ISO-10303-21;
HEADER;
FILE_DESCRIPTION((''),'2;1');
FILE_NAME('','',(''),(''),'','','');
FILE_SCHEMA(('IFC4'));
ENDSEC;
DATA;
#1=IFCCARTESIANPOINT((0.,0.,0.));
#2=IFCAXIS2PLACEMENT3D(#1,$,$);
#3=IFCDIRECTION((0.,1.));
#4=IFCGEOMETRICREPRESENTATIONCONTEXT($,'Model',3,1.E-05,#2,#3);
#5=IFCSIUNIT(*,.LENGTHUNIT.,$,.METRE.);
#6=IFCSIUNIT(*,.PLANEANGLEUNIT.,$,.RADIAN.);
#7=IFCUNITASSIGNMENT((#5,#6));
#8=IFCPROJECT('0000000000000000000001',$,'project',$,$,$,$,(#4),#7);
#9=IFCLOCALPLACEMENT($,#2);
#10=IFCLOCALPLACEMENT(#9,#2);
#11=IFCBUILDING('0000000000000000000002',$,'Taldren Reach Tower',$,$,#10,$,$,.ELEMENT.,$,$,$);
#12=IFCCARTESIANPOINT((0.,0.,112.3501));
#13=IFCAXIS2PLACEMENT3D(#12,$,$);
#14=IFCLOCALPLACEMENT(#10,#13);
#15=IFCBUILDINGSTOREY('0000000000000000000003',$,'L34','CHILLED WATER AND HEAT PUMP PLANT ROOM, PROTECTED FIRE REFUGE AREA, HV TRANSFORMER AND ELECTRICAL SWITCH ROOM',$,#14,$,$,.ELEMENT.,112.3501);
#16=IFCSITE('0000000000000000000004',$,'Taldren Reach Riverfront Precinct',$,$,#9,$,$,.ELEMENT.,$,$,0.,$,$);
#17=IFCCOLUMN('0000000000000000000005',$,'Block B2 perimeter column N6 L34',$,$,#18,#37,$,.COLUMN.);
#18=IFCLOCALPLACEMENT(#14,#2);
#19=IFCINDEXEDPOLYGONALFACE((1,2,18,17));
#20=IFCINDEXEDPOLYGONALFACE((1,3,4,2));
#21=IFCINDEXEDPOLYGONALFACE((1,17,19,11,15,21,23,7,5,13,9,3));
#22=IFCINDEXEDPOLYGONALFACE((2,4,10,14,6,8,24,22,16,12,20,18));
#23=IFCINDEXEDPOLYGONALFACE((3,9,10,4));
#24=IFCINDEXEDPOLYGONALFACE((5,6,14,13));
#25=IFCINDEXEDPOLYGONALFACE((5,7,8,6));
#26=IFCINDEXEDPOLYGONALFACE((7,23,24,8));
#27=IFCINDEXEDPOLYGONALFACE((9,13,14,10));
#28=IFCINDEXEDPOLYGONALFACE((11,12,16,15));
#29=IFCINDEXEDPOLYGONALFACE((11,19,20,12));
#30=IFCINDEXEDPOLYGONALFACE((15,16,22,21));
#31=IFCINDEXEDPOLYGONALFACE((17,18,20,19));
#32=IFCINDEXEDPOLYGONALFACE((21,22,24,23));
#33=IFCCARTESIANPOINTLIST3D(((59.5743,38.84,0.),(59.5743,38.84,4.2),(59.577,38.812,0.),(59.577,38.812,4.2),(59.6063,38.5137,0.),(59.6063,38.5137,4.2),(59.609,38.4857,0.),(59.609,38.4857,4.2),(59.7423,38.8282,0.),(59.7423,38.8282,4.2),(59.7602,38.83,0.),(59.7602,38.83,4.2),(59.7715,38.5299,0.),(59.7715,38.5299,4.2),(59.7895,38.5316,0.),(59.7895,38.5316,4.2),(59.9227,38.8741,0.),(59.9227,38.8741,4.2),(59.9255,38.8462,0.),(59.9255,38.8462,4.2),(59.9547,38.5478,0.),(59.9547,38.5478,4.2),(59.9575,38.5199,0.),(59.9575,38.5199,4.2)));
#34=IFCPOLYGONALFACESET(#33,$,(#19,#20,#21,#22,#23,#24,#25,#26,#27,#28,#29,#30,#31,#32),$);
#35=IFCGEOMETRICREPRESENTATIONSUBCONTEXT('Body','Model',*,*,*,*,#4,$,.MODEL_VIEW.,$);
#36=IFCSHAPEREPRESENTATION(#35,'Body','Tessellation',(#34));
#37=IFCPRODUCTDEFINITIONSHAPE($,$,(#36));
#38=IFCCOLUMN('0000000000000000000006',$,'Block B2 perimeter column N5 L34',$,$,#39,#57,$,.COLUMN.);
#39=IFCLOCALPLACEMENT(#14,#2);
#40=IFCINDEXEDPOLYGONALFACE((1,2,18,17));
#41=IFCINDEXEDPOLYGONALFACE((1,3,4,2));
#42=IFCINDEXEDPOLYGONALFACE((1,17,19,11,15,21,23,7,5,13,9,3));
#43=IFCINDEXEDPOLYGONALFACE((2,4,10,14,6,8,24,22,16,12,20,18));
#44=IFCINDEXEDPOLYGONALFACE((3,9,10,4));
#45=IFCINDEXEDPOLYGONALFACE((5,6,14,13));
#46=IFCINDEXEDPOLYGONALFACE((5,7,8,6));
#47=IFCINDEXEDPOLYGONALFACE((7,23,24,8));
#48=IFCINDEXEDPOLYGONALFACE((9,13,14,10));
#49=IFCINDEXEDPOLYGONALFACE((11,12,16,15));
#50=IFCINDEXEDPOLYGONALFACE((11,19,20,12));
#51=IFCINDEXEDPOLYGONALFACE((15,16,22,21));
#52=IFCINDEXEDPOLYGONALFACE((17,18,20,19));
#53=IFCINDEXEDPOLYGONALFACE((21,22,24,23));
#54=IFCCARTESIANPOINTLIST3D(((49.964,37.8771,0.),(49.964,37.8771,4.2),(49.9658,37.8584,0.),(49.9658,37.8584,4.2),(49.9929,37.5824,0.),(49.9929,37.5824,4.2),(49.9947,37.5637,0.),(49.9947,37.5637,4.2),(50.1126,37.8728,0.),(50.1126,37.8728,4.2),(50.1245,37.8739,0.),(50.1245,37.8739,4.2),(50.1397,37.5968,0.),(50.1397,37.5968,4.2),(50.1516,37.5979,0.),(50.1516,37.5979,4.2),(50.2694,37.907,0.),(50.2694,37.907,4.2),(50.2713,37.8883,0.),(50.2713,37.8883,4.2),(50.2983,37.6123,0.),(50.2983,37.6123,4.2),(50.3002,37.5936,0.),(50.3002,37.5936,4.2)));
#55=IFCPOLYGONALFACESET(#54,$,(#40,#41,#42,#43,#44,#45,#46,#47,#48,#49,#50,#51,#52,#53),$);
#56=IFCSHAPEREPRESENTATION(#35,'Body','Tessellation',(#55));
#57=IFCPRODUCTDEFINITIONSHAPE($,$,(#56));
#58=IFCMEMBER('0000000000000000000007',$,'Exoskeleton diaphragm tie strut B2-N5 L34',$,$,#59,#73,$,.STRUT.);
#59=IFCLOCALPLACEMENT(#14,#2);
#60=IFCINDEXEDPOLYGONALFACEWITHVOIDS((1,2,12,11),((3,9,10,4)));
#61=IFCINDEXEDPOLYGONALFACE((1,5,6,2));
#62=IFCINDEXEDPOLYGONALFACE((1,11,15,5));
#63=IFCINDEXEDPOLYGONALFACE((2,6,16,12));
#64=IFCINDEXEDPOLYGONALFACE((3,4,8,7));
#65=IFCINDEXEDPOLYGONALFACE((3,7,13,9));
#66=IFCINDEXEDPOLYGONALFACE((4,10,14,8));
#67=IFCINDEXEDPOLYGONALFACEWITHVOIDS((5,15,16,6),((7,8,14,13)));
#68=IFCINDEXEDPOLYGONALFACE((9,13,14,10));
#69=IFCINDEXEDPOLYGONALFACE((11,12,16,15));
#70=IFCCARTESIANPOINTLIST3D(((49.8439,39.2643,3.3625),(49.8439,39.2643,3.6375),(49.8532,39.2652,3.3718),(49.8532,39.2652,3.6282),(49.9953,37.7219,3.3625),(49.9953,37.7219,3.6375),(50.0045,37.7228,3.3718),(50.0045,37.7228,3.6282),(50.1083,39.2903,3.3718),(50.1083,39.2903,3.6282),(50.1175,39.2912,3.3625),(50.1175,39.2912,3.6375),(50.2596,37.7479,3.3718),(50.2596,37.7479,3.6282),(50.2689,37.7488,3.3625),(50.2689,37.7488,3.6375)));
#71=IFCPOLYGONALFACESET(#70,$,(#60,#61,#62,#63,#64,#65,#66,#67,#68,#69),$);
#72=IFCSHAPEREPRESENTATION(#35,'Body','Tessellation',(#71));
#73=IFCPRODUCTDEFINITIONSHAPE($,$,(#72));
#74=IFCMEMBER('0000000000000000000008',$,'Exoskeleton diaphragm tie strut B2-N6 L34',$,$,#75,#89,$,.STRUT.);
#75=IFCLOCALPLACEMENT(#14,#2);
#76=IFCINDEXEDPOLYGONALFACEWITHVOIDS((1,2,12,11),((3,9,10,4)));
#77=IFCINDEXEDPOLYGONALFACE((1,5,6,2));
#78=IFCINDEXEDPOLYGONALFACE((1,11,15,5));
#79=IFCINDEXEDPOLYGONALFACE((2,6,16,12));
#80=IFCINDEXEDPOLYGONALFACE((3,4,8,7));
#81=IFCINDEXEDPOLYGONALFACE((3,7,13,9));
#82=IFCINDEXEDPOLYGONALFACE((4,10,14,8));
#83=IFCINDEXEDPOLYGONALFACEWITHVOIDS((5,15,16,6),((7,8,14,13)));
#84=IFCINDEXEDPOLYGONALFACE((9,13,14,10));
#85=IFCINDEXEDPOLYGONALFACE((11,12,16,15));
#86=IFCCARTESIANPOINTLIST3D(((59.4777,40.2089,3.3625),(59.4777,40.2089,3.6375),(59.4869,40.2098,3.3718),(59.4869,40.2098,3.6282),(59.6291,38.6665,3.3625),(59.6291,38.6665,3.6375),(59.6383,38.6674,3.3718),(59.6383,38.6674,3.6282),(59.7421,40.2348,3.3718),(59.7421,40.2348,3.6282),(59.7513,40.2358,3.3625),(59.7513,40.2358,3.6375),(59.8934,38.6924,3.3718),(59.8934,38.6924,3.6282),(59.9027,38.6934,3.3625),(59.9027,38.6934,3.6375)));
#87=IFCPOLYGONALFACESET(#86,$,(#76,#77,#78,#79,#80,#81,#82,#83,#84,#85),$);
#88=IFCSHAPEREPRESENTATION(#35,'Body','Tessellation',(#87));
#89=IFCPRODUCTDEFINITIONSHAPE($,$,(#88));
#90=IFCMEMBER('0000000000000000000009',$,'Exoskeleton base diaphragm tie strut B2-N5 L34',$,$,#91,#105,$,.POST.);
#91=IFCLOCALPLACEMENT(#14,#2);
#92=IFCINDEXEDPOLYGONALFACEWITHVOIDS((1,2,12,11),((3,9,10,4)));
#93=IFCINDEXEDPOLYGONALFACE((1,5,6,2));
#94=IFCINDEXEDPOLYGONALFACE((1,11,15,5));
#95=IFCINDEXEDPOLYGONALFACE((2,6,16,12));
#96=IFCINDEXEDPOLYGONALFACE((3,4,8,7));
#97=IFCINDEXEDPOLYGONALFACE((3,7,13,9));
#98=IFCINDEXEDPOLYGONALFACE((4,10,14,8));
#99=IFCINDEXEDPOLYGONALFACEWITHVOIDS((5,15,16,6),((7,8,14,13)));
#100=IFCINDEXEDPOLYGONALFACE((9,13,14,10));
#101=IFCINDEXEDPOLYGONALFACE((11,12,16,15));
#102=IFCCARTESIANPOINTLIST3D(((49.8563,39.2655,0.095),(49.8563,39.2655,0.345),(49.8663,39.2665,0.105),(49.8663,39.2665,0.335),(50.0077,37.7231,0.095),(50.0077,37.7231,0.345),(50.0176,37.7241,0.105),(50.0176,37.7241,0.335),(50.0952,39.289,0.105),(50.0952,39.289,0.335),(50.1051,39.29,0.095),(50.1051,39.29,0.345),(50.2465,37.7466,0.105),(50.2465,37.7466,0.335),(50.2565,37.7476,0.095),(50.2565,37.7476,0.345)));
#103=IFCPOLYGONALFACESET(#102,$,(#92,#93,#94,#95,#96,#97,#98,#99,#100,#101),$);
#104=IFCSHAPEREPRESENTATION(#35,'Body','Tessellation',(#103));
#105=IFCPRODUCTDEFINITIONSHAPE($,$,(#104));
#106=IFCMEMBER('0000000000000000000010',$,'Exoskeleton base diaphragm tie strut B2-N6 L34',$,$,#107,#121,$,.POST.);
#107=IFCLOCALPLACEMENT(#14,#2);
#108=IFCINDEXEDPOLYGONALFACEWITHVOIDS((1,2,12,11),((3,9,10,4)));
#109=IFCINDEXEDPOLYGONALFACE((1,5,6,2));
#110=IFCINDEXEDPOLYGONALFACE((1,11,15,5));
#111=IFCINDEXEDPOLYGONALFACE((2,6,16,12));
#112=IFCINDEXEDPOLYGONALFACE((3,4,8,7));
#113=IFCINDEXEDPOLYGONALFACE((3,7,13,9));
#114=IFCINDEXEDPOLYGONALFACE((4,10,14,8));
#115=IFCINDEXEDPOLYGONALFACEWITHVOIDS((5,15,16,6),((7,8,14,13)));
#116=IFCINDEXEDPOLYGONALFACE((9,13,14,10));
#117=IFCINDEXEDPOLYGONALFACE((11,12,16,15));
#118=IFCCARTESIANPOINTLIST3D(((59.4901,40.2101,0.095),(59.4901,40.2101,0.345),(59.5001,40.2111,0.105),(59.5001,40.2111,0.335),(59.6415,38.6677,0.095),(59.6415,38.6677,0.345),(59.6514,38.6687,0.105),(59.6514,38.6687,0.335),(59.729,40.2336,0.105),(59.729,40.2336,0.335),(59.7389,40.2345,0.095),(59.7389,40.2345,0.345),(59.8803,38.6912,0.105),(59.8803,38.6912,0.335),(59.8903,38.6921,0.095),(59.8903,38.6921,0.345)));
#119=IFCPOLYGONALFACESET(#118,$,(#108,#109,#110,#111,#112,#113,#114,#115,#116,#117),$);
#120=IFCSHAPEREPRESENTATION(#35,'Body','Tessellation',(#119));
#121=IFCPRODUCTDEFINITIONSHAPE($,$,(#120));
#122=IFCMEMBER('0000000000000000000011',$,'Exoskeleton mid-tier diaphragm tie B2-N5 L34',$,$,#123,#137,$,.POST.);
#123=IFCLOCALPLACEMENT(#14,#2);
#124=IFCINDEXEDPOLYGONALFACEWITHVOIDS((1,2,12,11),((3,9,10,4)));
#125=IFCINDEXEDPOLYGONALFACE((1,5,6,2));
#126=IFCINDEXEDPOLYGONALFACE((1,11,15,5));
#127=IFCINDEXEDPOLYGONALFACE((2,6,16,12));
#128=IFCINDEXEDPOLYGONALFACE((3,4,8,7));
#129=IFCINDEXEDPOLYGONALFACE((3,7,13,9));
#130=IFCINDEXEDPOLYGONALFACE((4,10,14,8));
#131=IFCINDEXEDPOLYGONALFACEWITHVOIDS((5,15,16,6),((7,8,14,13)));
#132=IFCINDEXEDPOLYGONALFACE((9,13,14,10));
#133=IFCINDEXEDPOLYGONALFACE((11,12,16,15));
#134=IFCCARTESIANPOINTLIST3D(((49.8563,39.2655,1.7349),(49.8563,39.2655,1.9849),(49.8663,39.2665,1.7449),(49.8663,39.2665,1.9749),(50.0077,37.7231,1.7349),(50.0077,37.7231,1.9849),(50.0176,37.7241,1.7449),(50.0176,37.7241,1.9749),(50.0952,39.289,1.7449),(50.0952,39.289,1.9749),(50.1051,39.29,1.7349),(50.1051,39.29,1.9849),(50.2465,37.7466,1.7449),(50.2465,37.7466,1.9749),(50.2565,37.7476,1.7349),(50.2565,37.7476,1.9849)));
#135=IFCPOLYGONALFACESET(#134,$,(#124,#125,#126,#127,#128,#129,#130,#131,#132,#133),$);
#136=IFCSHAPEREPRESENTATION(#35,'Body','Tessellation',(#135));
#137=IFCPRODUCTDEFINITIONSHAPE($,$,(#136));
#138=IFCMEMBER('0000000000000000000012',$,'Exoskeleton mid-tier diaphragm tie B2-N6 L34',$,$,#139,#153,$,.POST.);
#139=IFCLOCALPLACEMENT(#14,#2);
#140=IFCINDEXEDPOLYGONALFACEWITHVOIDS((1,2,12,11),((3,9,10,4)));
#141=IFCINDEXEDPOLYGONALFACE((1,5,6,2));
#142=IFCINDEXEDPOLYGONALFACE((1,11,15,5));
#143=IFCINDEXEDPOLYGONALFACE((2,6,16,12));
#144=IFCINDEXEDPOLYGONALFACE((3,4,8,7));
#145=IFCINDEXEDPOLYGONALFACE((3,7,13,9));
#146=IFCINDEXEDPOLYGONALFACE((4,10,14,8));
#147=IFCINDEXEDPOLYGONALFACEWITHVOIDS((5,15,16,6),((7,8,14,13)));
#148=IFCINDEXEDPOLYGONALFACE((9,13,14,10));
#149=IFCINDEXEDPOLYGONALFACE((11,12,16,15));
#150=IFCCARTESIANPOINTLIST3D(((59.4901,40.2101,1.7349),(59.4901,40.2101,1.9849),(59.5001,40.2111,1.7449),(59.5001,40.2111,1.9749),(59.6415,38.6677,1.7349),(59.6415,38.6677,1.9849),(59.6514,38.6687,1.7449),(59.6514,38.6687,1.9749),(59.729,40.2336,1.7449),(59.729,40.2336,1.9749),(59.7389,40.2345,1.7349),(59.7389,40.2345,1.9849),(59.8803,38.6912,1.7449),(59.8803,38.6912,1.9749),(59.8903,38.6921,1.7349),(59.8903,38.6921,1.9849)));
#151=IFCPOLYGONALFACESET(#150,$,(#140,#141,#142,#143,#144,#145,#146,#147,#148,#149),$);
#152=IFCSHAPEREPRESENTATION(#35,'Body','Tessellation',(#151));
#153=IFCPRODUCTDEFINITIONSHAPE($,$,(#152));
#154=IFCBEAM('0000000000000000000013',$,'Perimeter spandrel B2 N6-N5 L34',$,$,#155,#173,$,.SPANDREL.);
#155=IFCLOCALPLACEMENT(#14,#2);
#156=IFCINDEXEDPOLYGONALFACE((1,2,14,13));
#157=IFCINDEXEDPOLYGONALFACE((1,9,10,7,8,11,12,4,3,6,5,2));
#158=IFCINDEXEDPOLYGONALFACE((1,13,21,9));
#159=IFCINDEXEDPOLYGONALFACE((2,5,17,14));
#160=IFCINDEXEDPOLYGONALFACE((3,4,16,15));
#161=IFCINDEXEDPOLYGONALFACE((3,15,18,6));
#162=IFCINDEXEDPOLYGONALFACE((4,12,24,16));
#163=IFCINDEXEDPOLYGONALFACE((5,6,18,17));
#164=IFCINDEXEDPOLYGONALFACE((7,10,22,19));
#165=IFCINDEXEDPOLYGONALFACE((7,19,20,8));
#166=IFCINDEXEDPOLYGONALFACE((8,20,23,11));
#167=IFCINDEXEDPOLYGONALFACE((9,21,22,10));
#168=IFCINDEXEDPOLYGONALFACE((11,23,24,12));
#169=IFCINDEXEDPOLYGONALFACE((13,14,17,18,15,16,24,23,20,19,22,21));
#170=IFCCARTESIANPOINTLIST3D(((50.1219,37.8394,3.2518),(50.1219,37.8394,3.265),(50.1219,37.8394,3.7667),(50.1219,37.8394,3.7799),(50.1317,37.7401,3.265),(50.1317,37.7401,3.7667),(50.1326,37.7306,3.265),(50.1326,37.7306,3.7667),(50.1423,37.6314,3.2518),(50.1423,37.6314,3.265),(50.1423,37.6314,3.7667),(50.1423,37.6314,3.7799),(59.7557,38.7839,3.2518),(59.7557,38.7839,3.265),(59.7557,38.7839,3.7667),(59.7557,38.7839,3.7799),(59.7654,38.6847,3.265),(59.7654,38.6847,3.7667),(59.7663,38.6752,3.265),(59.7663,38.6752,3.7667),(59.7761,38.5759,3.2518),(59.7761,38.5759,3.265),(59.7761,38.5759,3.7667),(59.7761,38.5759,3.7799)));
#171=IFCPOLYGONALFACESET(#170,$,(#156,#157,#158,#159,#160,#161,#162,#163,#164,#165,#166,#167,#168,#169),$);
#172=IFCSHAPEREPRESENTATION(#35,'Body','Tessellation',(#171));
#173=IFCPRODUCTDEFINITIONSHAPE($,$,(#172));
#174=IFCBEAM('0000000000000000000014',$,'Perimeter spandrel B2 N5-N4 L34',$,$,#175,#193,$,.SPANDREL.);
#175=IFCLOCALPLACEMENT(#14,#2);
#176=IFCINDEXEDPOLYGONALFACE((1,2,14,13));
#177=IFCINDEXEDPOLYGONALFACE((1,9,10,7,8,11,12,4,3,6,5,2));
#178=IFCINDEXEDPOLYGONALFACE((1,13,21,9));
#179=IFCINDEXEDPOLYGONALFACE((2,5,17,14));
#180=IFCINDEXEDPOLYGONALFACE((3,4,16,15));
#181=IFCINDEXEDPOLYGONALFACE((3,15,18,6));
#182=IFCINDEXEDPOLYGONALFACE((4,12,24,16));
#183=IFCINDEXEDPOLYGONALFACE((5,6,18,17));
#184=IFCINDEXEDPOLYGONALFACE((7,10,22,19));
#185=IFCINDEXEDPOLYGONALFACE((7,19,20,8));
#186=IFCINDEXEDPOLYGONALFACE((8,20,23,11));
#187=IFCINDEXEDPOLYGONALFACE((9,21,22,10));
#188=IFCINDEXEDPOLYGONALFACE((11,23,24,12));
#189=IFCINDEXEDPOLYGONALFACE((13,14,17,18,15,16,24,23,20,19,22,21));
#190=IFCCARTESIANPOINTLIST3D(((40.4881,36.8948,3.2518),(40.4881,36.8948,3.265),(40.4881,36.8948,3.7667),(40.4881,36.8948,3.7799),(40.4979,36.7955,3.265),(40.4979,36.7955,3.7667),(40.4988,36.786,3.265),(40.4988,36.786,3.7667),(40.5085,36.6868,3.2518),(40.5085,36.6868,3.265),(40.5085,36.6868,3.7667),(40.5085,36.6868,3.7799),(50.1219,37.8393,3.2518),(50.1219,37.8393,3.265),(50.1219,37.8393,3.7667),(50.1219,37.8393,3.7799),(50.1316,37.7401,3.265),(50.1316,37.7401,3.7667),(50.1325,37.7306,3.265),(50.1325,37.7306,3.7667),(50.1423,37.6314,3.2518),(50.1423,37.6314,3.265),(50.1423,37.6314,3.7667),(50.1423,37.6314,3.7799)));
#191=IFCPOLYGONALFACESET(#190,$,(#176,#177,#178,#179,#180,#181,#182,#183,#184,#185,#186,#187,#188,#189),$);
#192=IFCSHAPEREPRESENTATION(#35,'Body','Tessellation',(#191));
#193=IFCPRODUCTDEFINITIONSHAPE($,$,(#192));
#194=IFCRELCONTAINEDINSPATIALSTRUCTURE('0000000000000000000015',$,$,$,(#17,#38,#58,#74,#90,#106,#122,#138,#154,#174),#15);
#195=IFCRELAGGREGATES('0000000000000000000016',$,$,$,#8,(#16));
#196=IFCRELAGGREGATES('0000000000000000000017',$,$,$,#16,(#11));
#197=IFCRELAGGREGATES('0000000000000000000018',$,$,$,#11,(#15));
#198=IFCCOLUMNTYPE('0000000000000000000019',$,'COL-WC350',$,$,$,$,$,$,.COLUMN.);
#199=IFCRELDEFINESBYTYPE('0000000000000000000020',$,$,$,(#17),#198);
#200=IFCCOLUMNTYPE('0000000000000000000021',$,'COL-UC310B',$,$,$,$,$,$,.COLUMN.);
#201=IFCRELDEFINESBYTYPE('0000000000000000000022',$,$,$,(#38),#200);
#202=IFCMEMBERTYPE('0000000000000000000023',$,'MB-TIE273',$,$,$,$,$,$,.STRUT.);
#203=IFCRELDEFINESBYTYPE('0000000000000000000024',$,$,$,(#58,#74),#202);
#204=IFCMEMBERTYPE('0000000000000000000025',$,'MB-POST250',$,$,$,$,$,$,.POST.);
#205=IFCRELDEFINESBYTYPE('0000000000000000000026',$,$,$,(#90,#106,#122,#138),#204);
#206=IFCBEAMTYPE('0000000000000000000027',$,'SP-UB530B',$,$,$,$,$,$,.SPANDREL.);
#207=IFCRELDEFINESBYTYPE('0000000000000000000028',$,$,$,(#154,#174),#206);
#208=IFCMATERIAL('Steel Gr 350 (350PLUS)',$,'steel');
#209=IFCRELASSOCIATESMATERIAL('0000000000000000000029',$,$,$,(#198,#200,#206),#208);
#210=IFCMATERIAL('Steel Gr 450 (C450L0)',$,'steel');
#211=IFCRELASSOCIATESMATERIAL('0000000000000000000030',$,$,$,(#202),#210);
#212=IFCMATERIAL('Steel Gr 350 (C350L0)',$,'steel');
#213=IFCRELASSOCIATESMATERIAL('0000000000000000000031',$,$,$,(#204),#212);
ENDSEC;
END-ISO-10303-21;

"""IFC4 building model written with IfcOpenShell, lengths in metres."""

from ifc_helpers import new_model, si_unit, direction, frame, origin, origin_2d, place, context, subcontext, project, spatial, hollow_rectangle, i_section, extrude, source, transform, mapped, material, material_profile, profile_set, type_object, element, save


model = new_model("IFC4")

# Units and contexts
model_context = context("Model", 3, precision=1e-05, world=origin(), true_north=direction((0.0, 1.0)))
body_context = subcontext(model_context, "Body", "Model", "MODEL_VIEW")
ifc_project = project(units=[si_unit("LENGTHUNIT", "METRE"), si_unit("PLANEANGLEUNIT", "RADIAN")], contexts=[model_context])

# Site, building, storey
site_placement = place(None, origin())
site = spatial("IfcSite", under=ifc_project, at=site_placement, Name="Taldren Reach Riverfront Precinct", CompositionType="ELEMENT", RefElevation=0.0)
building_placement = place(site_placement, origin())
building = spatial("IfcBuilding", under=site, at=building_placement, Name="Taldren Reach Tower", CompositionType="ELEMENT")
storey_placement = place(building_placement, frame((0.0, 0.0, 112.3501)))
storey = spatial("IfcBuildingStorey", under=building, at=storey_placement, Name="L34", Description="CHILLED WATER AND HEAT PUMP PLANT ROOM, PROTECTED FIRE REFUGE AREA, HV TRANSFORMER AND ELECTRICAL SWITCH ROOM", CompositionType="ELEMENT", Elevation=112.3501)

# Columns
ifc_material_1 = material(Name="Steel Gr 350 (350PLUS)", Category="steel")
ifc_material_profile_1 = material_profile(ifc_material_1, i_section(OverallWidth=0.3501, OverallDepth=0.356, WebThickness=0.0181, FlangeThickness=0.0281, at=origin_2d()), Name="350WC197")
ifc_profile_set_1 = profile_set([ifc_material_profile_1], Name="Steel Gr 350 (350PLUS)")
column_type_1 = type_object("IfcColumnType", Name="COL-WC350", PredefinedType="COLUMN", material=ifc_profile_set_1)
shared_shape_1 = source(origin(), body_context, "Body", "SweptSolid", [
    extrude(i_section(OverallWidth=0.3501, OverallDepth=0.356, WebThickness=0.0181, FlangeThickness=0.0281, at=origin_2d()), origin(), (0.0, 0.0, 1.0), 4.2),
])
column_1_placement = place(storey_placement, frame((59.7659, 38.6799, 0.0), z_axis=(0.0, 0.0, 1.0), x_axis=(0.995227, 0.097583, 0.0)))
element("IfcColumn", 1, at=column_1_placement, inside=storey, type_object=column_type_1, Name="Block B2 perimeter column N6 L34", PredefinedType="COLUMN", context=body_context, shape_type="MappedRepresentation", body=[
    mapped(shared_shape_1, transform((0.0, 0.0, 0.0), scale=1.0)),
])
ifc_material_profile_2 = material_profile(ifc_material_1, i_section(OverallWidth=0.3069, OverallDepth=0.3149, WebThickness=0.012, FlangeThickness=0.0188, at=origin_2d()), Name="310UC118")
ifc_profile_set_2 = profile_set([ifc_material_profile_2], Name="Steel Gr 350 (350PLUS)")
column_type_2 = type_object("IfcColumnType", Name="COL-UC310B", PredefinedType="COLUMN", material=ifc_profile_set_2)
shared_shape_2 = source(origin(), body_context, "Body", "SweptSolid", [
    extrude(i_section(OverallWidth=0.3069, OverallDepth=0.3149, WebThickness=0.012, FlangeThickness=0.0188, at=origin_2d()), origin(), (0.0, 0.0, 1.0), 4.2),
])
column_2_placement = place(storey_placement, frame((50.1321, 37.7354, 0.0), z_axis=(0.0, 0.0, 1.0), x_axis=(0.995227, 0.097583, 0.0)))
element("IfcColumn", 2, at=column_2_placement, inside=storey, type_object=column_type_2, Name="Block B2 perimeter column N5 L34", PredefinedType="COLUMN", context=body_context, shape_type="MappedRepresentation", body=[
    mapped(shared_shape_2, transform((0.0, 0.0, 0.0), scale=1.0)),
])

# Members
ifc_material_2 = material(Name="Steel Gr 450 (C450L0)", Category="steel")
ifc_material_profile_3 = material_profile(ifc_material_2, hollow_rectangle(XDim=0.2749, YDim=0.2749, WallThickness=0.0093, at=origin_2d()), Name="275x275x9.3SHS")
ifc_profile_set_3 = profile_set([ifc_material_profile_3], Name="Steel Gr 450 (C450L0)")
member_type_1 = type_object("IfcMemberType", Name="MB-TIE273", PredefinedType="STRUT", material=ifc_profile_set_3)
shared_shape_3 = source(origin(), body_context, "Body", "SweptSolid", [
    extrude(hollow_rectangle(XDim=0.2749, YDim=0.2749, WallThickness=0.0093, at=origin_2d()), origin(), (0.0, 0.0, 1.0), 1.5498),
])
for number, where, z_axis, x_axis, name in (
    (3, (50.1321, 37.7354, 3.5), (-0.097663, 0.99522, 0.0), (-0.99522, -0.097663, 0.0), "Exoskeleton diaphragm tie strut B2-N5 L34"),
    (4, (59.7659, 38.6799, 3.5), (-0.097663, 0.99522, 0.0), (-0.99522, -0.097663, 0.0), "Exoskeleton diaphragm tie strut B2-N6 L34"),
):
    element("IfcMember", number, at=place(storey_placement, frame(where, z_axis=z_axis, x_axis=x_axis)), inside=storey, type_object=member_type_1, Name=name, PredefinedType="STRUT", context=body_context, shape_type="MappedRepresentation", body=[
        mapped(shared_shape_3, transform((0.0, 0.0, 0.0), scale=1.0)),
    ])
ifc_material_3 = material(Name="Steel Gr 350 (C350L0)", Category="steel")
ifc_material_profile_4 = material_profile(ifc_material_3, hollow_rectangle(XDim=0.25, YDim=0.25, WallThickness=0.01, at=origin_2d()), Name="250x250x10.0SHS")
ifc_profile_set_4 = profile_set([ifc_material_profile_4], Name="Steel Gr 350 (C350L0)")
member_type_2 = type_object("IfcMemberType", Name="MB-POST250", PredefinedType="POST", material=ifc_profile_set_4)
shared_shape_4 = source(origin(), body_context, "Body", "SweptSolid", [
    extrude(hollow_rectangle(XDim=0.25, YDim=0.25, WallThickness=0.01, at=origin_2d()), origin(), (0.0, 0.0, 1.0), 1.5498),
])
for number, where, z_axis, x_axis, name in (
    (5, (50.1321, 37.7354, 0.22), (-0.097663, 0.99522, 0.0), (-0.99522, -0.097663, 0.0), "Exoskeleton base diaphragm tie strut B2-N5 L34"),
    (6, (59.7659, 38.6799, 0.22), (-0.097663, 0.99522, 0.0), (-0.99522, -0.097663, 0.0), "Exoskeleton base diaphragm tie strut B2-N6 L34"),
    (7, (50.1321, 37.7354, 1.8599), (-0.097663, 0.99522, 0.0), (-0.99522, -0.097663, 0.0), "Exoskeleton mid-tier diaphragm tie B2-N5 L34"),
    (8, (59.7659, 38.6799, 1.8599), (-0.097663, 0.99522, 0.0), (-0.99522, -0.097663, 0.0), "Exoskeleton mid-tier diaphragm tie B2-N6 L34"),
):
    element("IfcMember", number, at=place(storey_placement, frame(where, z_axis=z_axis, x_axis=x_axis)), inside=storey, type_object=member_type_2, Name=name, PredefinedType="POST", context=body_context, shape_type="MappedRepresentation", body=[
        mapped(shared_shape_4, transform((0.0, 0.0, 0.0), scale=1.0)),
    ])

# Beams
ifc_material_profile_5 = material_profile(ifc_material_1, i_section(OverallWidth=0.209, OverallDepth=0.5281, WebThickness=0.0095, FlangeThickness=0.0132, at=origin_2d()), Name="530UB82.0")
ifc_profile_set_5 = profile_set([ifc_material_profile_5], Name="Steel Gr 350 (350PLUS)")
beam_type_1 = type_object("IfcBeamType", Name="SP-UB530B", PredefinedType="SPANDREL", material=ifc_profile_set_5)
shared_shape_5 = source(origin(), body_context, "Body", "SweptSolid", [
    extrude(i_section(OverallWidth=0.209, OverallDepth=0.5281, WebThickness=0.0095, FlangeThickness=0.0132, at=origin_2d()), origin(), (0.0, 0.0, 1.0), 9.6799),
])
for number, where, z_axis, x_axis, name in (
    (9, (59.7659, 38.6799, 3.5159), (-0.995228, -0.097581, 0.0), (0.097581, -0.995228, 0.0), "Perimeter spandrel B2 N6-N5 L34"),
    (10, (50.1321, 37.7354, 3.5159), (-0.995228, -0.097581, 0.0), (0.097581, -0.995228, 0.0), "Perimeter spandrel B2 N5-N4 L34"),
):
    element("IfcBeam", number, at=place(storey_placement, frame(where, z_axis=z_axis, x_axis=x_axis)), inside=storey, type_object=beam_type_1, Name=name, PredefinedType="SPANDREL", context=body_context, shape_type="MappedRepresentation", body=[
        mapped(shared_shape_5, transform((0.0, 0.0, 0.0), scale=1.0)),
    ])

save(model, "model.ifc")
